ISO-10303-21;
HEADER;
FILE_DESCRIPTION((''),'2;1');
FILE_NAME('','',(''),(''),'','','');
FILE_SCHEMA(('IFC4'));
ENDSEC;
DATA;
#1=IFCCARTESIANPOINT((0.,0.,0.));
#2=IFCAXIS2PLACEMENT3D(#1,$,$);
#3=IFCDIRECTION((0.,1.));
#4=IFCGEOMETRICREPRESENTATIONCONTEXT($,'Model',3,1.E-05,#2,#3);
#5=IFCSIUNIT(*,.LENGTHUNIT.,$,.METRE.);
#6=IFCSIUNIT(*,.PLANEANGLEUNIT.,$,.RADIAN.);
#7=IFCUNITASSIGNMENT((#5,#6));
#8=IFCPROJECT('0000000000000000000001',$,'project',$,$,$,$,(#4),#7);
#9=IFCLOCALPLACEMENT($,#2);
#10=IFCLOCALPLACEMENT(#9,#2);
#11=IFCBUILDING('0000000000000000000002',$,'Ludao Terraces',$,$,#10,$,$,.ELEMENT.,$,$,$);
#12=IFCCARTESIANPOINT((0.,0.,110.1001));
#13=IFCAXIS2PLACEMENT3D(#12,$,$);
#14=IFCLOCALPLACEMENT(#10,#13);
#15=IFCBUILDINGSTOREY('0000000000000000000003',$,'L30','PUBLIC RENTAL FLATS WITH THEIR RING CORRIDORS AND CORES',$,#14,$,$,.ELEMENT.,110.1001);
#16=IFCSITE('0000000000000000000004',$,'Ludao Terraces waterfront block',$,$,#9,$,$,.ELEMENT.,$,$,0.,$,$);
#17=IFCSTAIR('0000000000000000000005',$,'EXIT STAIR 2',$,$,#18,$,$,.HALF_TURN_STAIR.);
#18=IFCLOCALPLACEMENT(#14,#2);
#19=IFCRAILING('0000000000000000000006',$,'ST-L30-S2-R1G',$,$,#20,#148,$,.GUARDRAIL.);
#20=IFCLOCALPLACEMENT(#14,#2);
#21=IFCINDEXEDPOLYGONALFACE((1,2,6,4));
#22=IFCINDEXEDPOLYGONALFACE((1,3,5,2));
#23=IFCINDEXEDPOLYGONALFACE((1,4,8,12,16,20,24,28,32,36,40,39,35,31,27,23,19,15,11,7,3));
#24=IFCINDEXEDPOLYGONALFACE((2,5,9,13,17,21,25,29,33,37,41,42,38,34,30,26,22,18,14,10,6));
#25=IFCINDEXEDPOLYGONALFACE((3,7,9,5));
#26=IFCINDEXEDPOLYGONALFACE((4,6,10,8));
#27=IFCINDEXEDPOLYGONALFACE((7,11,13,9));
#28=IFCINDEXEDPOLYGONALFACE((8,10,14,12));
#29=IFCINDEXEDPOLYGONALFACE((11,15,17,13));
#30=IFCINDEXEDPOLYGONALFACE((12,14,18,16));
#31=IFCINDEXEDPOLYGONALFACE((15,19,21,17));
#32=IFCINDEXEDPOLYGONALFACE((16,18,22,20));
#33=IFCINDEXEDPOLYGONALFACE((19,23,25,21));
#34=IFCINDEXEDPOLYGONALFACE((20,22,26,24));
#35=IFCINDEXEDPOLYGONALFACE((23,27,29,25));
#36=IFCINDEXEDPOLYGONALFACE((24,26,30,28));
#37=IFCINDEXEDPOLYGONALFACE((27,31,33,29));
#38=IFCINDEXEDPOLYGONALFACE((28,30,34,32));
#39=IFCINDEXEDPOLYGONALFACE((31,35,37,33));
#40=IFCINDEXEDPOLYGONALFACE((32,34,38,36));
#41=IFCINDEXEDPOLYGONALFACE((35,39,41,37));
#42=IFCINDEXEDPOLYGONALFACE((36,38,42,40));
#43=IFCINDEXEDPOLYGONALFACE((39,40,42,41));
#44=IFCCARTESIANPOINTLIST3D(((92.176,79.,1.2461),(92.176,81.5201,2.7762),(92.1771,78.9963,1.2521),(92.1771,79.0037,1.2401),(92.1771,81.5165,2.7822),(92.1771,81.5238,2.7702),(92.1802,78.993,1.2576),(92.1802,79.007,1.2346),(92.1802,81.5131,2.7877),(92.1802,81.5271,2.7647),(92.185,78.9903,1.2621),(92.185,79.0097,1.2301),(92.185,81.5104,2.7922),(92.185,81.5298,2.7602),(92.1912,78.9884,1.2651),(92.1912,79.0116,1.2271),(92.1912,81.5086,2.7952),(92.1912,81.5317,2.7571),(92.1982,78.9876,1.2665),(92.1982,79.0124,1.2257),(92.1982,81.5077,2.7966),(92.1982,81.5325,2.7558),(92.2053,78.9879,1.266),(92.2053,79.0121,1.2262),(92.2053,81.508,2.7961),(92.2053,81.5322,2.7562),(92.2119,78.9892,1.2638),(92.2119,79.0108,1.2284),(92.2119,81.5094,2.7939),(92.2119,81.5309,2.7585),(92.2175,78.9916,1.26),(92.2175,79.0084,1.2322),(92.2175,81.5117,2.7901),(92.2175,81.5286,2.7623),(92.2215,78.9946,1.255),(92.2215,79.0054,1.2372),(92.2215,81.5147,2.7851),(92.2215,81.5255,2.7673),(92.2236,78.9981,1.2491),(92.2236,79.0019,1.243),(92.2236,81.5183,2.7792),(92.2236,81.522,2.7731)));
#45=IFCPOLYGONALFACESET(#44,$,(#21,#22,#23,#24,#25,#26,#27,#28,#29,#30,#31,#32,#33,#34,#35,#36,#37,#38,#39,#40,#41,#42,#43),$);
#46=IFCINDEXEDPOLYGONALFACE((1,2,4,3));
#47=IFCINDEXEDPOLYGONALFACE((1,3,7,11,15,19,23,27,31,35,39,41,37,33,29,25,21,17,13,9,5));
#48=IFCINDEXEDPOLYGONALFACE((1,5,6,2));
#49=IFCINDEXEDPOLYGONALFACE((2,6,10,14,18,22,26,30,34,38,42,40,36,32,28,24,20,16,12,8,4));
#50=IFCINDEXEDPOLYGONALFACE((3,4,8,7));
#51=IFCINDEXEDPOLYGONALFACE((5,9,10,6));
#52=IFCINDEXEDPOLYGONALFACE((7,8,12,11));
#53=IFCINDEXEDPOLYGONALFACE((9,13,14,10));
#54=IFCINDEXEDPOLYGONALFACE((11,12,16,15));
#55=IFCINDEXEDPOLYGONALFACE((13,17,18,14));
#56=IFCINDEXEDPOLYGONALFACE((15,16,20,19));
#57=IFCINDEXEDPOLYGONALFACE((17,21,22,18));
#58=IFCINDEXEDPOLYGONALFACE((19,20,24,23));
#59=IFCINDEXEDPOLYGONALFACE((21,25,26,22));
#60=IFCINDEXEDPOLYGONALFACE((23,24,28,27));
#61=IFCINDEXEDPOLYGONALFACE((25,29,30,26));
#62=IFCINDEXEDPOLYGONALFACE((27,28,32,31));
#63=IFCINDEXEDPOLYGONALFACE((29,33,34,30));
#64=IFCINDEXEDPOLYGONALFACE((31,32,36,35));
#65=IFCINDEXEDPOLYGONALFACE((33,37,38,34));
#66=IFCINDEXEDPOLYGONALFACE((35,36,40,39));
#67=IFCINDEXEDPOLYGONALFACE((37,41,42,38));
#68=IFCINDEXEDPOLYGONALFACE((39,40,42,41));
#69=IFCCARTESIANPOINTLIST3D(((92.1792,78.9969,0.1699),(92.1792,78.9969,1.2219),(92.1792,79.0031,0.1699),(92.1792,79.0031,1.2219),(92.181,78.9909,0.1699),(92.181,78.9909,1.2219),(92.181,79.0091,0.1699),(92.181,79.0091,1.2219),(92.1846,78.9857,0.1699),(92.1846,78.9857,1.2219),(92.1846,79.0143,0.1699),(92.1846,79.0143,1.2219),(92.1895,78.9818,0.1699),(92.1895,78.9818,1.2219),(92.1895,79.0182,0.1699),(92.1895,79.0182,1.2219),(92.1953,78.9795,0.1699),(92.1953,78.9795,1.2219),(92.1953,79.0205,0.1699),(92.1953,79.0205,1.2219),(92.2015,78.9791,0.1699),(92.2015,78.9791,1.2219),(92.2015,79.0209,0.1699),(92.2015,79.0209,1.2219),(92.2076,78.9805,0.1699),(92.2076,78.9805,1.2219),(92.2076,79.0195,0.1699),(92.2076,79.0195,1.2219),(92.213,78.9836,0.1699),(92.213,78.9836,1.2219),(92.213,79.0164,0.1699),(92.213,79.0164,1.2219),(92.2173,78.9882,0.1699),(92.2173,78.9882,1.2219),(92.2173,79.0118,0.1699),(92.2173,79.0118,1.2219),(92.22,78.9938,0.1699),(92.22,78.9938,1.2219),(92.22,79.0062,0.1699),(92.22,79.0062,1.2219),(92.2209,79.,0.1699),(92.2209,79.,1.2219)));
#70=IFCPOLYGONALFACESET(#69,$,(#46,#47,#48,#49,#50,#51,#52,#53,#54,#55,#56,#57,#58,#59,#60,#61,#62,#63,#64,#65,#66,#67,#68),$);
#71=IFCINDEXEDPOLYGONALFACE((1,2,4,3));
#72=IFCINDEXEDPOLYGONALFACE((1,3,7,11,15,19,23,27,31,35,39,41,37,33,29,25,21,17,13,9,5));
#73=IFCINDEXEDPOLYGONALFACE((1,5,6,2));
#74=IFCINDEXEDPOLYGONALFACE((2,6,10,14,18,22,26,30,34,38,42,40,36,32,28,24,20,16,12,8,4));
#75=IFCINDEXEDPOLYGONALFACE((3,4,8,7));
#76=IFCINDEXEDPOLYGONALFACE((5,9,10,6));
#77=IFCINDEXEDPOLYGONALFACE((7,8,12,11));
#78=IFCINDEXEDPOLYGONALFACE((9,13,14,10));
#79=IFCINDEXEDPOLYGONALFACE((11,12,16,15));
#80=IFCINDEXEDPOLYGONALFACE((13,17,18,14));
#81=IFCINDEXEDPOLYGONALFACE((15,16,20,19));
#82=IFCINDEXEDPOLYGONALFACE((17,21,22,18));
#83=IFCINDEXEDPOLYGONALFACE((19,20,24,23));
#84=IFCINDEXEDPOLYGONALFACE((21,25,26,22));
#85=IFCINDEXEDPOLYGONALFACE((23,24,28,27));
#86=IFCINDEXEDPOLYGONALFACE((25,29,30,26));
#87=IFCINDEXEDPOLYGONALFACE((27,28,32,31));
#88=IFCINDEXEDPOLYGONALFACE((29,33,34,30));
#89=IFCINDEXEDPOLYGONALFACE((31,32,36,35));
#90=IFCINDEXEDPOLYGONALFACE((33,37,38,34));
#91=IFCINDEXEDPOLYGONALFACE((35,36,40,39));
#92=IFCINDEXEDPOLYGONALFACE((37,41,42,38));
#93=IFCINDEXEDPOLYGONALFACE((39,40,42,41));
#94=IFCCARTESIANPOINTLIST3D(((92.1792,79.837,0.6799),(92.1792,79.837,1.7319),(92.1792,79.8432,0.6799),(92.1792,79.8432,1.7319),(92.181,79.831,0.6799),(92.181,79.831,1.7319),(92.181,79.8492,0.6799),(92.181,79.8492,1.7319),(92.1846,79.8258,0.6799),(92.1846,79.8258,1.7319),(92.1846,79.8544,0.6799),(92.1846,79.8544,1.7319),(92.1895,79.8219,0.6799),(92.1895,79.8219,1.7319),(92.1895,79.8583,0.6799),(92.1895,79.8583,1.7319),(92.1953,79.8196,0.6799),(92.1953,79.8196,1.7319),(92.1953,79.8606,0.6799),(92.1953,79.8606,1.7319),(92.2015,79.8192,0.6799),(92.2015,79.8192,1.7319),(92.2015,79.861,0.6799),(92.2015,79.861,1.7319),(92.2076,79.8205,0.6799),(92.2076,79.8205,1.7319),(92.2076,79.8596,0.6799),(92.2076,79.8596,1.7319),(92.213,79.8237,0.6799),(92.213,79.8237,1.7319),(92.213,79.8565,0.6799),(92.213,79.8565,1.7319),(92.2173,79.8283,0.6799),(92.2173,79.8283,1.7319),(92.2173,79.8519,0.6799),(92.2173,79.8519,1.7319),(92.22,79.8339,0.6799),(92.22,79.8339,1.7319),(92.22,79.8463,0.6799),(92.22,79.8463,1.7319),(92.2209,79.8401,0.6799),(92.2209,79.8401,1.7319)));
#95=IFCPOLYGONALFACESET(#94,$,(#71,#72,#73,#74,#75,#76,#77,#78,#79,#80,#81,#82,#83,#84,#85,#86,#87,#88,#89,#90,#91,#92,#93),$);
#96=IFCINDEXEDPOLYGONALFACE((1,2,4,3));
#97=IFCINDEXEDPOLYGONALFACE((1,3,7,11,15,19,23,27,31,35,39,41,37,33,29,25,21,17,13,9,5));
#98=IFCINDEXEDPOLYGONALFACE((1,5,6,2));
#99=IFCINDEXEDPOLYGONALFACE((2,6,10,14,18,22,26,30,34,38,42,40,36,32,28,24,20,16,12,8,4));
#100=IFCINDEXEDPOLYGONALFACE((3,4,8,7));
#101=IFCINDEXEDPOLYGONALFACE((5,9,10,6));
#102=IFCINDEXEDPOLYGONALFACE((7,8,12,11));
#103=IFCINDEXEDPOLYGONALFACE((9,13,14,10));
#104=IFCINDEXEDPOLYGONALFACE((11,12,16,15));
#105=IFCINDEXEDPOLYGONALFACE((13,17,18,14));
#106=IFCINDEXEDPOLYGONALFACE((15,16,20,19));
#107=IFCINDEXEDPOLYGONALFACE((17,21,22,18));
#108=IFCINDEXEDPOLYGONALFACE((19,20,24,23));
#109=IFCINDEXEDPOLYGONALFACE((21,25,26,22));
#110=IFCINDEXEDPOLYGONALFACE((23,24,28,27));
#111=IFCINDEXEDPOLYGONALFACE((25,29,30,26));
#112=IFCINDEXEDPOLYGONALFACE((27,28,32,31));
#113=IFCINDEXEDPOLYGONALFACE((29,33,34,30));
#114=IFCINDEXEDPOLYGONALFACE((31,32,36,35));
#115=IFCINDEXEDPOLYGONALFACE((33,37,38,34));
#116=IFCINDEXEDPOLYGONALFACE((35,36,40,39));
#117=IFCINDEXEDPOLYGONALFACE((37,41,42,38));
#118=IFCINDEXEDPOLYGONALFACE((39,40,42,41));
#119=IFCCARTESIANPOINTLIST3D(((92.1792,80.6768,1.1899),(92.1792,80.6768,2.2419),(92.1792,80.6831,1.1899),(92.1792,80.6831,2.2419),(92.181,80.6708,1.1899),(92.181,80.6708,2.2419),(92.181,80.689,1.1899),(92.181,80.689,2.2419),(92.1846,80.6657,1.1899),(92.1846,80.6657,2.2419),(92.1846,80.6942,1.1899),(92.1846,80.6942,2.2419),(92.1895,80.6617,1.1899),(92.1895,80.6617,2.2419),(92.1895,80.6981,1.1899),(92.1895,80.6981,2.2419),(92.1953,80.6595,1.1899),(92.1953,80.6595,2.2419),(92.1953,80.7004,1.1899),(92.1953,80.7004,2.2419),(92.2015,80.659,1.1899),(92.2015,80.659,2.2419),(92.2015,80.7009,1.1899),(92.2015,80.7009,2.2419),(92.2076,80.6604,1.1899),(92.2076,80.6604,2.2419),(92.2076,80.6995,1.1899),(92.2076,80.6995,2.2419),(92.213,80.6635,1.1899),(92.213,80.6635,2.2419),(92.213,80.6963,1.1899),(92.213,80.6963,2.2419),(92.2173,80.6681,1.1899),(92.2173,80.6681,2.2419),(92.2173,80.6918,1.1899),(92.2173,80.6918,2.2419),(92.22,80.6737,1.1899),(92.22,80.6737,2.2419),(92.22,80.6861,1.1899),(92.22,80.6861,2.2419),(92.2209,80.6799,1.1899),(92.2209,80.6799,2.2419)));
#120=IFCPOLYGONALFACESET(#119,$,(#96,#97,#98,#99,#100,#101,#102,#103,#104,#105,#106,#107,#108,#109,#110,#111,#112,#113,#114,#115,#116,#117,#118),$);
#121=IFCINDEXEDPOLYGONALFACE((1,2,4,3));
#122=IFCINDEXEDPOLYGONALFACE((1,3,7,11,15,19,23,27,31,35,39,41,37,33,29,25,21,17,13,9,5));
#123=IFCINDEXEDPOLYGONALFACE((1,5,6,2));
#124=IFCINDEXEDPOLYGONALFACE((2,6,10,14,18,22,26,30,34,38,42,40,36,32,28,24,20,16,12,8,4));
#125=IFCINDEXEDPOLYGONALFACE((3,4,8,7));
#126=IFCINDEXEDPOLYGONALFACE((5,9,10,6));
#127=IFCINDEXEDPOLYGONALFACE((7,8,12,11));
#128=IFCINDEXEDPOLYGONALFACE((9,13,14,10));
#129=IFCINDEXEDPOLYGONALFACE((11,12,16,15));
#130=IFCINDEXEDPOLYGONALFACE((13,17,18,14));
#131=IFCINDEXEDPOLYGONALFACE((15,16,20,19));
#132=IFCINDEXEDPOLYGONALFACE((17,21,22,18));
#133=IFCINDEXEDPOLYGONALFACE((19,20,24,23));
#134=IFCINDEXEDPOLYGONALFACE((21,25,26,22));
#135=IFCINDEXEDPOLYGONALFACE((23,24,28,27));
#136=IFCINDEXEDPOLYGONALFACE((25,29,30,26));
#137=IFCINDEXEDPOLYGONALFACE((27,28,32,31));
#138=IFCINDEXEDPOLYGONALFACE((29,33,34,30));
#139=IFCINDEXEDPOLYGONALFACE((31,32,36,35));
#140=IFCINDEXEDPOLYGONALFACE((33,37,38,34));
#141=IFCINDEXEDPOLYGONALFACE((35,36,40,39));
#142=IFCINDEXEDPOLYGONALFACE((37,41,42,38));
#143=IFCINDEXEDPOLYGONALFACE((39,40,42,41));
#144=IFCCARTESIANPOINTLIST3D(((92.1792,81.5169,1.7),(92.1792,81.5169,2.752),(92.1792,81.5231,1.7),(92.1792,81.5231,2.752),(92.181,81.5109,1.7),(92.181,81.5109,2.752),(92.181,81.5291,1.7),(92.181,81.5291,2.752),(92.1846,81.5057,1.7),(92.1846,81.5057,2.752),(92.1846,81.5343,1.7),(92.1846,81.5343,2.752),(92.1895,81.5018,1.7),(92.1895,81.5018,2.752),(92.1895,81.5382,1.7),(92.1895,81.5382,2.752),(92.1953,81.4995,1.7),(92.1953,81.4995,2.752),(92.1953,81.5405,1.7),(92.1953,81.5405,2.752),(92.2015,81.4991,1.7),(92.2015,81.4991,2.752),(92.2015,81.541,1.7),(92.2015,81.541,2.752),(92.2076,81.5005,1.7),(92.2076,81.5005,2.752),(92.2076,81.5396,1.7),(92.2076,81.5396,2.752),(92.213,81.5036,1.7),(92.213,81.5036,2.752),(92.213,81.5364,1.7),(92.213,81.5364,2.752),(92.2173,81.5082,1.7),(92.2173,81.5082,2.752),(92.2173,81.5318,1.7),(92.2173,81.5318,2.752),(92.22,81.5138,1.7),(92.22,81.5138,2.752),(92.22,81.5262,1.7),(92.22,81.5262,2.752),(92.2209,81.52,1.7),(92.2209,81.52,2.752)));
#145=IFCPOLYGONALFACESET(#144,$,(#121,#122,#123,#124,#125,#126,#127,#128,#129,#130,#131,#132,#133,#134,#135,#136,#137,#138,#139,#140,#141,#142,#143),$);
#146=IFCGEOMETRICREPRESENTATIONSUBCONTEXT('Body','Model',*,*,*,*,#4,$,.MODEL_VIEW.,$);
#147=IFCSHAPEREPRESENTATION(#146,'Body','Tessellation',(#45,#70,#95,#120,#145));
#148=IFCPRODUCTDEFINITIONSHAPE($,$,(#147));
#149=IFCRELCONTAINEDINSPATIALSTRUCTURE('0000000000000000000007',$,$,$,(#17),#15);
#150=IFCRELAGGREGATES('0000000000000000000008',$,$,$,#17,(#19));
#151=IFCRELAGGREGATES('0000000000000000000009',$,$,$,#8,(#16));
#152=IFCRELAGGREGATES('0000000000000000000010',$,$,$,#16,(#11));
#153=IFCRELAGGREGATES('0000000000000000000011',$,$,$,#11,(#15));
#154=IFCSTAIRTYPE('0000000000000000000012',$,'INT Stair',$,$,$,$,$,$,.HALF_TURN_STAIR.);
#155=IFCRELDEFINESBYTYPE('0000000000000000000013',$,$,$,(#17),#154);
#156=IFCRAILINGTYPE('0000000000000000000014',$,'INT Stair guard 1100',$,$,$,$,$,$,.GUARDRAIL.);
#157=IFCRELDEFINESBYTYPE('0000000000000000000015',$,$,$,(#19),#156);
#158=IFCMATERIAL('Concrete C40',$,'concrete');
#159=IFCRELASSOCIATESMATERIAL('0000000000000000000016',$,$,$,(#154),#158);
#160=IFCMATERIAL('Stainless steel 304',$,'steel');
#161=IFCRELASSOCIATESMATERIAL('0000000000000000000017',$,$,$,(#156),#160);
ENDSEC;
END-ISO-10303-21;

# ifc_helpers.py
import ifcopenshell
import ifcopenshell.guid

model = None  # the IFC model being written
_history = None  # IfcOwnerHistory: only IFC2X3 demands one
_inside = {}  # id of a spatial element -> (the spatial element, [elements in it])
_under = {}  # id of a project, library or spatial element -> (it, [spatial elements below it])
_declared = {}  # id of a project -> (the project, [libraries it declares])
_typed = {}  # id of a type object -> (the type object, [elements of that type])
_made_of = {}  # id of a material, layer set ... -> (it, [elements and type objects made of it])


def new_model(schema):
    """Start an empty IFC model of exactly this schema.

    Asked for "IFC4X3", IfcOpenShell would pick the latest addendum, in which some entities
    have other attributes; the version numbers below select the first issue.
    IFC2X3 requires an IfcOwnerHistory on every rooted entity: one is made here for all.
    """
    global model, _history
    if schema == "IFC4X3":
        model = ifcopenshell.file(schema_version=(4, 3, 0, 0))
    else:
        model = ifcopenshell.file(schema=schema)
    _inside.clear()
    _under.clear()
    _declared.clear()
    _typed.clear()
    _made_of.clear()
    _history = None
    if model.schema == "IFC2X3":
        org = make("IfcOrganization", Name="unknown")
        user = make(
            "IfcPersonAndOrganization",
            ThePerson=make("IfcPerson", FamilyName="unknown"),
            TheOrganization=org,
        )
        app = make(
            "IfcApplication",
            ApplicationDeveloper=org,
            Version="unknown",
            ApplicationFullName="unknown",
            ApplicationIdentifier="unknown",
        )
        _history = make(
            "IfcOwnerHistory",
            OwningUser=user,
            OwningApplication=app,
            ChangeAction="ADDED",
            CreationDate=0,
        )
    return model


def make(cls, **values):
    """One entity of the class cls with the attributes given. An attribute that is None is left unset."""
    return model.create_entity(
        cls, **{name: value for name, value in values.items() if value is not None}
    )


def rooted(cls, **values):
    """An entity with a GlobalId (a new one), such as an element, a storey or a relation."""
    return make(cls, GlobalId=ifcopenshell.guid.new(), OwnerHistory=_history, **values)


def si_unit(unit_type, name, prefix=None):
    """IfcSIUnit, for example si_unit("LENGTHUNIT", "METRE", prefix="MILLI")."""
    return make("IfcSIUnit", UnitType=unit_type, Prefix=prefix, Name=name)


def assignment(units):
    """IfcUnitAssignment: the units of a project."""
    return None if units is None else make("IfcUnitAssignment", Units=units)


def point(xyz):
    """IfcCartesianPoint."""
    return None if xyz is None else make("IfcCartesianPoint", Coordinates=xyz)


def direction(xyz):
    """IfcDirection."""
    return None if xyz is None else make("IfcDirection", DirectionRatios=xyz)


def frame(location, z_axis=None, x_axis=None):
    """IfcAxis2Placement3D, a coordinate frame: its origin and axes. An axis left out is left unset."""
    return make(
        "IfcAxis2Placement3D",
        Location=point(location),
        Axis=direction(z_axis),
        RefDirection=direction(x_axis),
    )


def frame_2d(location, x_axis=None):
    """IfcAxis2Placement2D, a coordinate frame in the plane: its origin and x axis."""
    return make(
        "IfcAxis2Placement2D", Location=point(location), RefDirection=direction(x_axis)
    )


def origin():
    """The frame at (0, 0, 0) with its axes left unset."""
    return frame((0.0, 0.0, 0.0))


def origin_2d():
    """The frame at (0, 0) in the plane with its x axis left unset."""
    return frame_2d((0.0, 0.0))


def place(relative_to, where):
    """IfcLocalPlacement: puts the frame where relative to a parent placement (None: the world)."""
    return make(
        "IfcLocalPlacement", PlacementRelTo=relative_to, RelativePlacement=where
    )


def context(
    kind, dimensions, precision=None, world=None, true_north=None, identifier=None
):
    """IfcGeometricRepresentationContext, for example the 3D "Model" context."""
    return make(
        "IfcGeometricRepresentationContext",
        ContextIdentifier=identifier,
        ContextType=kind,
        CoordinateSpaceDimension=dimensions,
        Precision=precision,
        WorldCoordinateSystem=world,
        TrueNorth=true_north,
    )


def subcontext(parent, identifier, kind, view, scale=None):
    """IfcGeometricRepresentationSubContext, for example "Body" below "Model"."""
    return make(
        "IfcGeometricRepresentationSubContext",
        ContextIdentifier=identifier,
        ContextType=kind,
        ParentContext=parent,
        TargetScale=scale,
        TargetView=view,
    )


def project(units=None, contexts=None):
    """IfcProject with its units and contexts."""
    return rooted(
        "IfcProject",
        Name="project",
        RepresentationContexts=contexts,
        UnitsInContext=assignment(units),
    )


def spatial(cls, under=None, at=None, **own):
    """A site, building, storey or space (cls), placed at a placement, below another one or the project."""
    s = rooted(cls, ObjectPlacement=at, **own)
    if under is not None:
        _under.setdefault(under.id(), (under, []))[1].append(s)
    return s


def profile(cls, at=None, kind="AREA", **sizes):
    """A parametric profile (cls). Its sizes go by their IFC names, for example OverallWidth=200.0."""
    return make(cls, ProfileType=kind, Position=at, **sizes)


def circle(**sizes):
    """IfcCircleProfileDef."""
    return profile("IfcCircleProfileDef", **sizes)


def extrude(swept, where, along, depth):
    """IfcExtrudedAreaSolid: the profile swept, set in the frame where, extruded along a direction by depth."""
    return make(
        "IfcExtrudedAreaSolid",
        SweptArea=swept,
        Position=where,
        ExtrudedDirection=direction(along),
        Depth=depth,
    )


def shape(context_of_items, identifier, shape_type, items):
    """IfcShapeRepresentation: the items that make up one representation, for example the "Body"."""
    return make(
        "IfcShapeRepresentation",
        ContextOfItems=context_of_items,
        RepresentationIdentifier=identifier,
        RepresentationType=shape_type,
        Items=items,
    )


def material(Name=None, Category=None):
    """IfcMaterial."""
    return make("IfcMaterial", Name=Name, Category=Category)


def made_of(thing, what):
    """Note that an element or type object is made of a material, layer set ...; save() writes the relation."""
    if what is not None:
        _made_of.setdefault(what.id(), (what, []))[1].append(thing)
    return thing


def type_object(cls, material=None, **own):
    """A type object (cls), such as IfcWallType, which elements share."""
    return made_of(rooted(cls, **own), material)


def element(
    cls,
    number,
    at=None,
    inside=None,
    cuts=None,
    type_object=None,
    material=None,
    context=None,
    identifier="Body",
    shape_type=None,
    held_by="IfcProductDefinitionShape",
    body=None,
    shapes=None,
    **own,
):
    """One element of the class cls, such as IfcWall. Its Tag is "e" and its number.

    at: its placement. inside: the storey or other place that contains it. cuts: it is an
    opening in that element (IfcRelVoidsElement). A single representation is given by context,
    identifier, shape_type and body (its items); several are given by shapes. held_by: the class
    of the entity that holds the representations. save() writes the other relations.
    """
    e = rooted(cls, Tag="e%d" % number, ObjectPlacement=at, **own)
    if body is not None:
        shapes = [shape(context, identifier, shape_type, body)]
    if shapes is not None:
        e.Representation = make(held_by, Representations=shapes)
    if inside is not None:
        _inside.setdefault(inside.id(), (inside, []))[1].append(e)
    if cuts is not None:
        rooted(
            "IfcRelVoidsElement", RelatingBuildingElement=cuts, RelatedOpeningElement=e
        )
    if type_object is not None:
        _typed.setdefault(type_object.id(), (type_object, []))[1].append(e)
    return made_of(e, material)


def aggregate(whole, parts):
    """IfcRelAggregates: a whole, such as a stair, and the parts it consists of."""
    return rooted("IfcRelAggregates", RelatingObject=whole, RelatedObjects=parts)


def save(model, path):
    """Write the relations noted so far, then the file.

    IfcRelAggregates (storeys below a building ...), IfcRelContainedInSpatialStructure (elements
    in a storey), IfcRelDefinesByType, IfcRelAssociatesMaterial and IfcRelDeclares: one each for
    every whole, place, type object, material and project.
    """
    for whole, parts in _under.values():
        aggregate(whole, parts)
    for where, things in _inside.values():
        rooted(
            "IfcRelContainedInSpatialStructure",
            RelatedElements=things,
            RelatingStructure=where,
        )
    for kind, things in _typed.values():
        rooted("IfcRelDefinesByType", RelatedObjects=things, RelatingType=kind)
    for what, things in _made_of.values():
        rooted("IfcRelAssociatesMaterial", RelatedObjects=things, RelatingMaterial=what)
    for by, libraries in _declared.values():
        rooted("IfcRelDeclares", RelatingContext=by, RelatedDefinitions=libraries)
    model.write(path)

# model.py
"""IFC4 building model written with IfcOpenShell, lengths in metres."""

from ifc_helpers import new_model, si_unit, direction, frame, origin, origin_2d, place, context, subcontext, project, spatial, circle, extrude, material, type_object, element, aggregate, save


model = new_model("IFC4")

# Units and contexts
model_context = context("Model", 3, precision=1e-05, world=origin(), true_north=direction((0.0, 1.0)))
body_context = subcontext(model_context, "Body", "Model", "MODEL_VIEW")
ifc_project = project(units=[si_unit("LENGTHUNIT", "METRE"), si_unit("PLANEANGLEUNIT", "RADIAN")], contexts=[model_context])

# Site, building, storey
site_placement = place(None, origin())
site = spatial("IfcSite", under=ifc_project, at=site_placement, Name="Ludao Terraces waterfront block", CompositionType="ELEMENT", RefElevation=0.0)
building_placement = place(site_placement, origin())
building = spatial("IfcBuilding", under=site, at=building_placement, Name="Ludao Terraces", CompositionType="ELEMENT")
storey_placement = place(building_placement, frame((0.0, 0.0, 110.1001)))
storey = spatial("IfcBuildingStorey", under=building, at=storey_placement, Name="L30", Description="PUBLIC RENTAL FLATS WITH THEIR RING CORRIDORS AND CORES", CompositionType="ELEMENT", Elevation=110.1001)

# Shared definitions
ifc_material_1 = material(Name="Concrete C40", Category="concrete")

# Stair, railing
stair_type = type_object("IfcStairType", Name="INT Stair", PredefinedType="HALF_TURN_STAIR", material=ifc_material_1)
stair_placement = place(storey_placement, origin())
stair = element("IfcStair", 1, at=stair_placement, inside=storey, type_object=stair_type, Name="EXIT STAIR 2", PredefinedType="HALF_TURN_STAIR")
ifc_material_2 = material(Name="Stainless steel 304", Category="steel")
railing_type_1 = type_object("IfcRailingType", Name="INT Stair guard 1100", PredefinedType="GUARDRAIL", material=ifc_material_2)
railing_1_placement = place(storey_placement, frame((92.2, 79.0, 0.1699)))
railing_1 = element("IfcRailing", 2, at=railing_1_placement, type_object=railing_type_1, Name="ST-L30-S2-R1G", PredefinedType="GUARDRAIL", context=body_context, shape_type="SweptSolid", body=[
    extrude(circle(Radius=0.0239, at=origin_2d()), frame((0.0, 0.0, 1.0762), z_axis=(0.0, 0.854785, 0.518982), x_axis=(-1.0, 0.0, 0.0)), (0.0, 0.0, 1.0), 2.9482),
    extrude(circle(Radius=0.021, at=origin_2d()), origin(), (0.0, 0.0, 1.0), 1.052),
    extrude(circle(Radius=0.021, at=origin_2d()), frame((0.0, 0.8401, 0.51)), (0.0, 0.0, 1.0), 1.052),
    extrude(circle(Radius=0.021, at=origin_2d()), frame((0.0, 1.6799, 1.02)), (0.0, 0.0, 1.0), 1.052),
    extrude(circle(Radius=0.021, at=origin_2d()), frame((0.0, 2.52, 1.53)), (0.0, 0.0, 1.0), 1.052),
])
aggregate(stair, [railing_1])

save(model, "model.ifc")
